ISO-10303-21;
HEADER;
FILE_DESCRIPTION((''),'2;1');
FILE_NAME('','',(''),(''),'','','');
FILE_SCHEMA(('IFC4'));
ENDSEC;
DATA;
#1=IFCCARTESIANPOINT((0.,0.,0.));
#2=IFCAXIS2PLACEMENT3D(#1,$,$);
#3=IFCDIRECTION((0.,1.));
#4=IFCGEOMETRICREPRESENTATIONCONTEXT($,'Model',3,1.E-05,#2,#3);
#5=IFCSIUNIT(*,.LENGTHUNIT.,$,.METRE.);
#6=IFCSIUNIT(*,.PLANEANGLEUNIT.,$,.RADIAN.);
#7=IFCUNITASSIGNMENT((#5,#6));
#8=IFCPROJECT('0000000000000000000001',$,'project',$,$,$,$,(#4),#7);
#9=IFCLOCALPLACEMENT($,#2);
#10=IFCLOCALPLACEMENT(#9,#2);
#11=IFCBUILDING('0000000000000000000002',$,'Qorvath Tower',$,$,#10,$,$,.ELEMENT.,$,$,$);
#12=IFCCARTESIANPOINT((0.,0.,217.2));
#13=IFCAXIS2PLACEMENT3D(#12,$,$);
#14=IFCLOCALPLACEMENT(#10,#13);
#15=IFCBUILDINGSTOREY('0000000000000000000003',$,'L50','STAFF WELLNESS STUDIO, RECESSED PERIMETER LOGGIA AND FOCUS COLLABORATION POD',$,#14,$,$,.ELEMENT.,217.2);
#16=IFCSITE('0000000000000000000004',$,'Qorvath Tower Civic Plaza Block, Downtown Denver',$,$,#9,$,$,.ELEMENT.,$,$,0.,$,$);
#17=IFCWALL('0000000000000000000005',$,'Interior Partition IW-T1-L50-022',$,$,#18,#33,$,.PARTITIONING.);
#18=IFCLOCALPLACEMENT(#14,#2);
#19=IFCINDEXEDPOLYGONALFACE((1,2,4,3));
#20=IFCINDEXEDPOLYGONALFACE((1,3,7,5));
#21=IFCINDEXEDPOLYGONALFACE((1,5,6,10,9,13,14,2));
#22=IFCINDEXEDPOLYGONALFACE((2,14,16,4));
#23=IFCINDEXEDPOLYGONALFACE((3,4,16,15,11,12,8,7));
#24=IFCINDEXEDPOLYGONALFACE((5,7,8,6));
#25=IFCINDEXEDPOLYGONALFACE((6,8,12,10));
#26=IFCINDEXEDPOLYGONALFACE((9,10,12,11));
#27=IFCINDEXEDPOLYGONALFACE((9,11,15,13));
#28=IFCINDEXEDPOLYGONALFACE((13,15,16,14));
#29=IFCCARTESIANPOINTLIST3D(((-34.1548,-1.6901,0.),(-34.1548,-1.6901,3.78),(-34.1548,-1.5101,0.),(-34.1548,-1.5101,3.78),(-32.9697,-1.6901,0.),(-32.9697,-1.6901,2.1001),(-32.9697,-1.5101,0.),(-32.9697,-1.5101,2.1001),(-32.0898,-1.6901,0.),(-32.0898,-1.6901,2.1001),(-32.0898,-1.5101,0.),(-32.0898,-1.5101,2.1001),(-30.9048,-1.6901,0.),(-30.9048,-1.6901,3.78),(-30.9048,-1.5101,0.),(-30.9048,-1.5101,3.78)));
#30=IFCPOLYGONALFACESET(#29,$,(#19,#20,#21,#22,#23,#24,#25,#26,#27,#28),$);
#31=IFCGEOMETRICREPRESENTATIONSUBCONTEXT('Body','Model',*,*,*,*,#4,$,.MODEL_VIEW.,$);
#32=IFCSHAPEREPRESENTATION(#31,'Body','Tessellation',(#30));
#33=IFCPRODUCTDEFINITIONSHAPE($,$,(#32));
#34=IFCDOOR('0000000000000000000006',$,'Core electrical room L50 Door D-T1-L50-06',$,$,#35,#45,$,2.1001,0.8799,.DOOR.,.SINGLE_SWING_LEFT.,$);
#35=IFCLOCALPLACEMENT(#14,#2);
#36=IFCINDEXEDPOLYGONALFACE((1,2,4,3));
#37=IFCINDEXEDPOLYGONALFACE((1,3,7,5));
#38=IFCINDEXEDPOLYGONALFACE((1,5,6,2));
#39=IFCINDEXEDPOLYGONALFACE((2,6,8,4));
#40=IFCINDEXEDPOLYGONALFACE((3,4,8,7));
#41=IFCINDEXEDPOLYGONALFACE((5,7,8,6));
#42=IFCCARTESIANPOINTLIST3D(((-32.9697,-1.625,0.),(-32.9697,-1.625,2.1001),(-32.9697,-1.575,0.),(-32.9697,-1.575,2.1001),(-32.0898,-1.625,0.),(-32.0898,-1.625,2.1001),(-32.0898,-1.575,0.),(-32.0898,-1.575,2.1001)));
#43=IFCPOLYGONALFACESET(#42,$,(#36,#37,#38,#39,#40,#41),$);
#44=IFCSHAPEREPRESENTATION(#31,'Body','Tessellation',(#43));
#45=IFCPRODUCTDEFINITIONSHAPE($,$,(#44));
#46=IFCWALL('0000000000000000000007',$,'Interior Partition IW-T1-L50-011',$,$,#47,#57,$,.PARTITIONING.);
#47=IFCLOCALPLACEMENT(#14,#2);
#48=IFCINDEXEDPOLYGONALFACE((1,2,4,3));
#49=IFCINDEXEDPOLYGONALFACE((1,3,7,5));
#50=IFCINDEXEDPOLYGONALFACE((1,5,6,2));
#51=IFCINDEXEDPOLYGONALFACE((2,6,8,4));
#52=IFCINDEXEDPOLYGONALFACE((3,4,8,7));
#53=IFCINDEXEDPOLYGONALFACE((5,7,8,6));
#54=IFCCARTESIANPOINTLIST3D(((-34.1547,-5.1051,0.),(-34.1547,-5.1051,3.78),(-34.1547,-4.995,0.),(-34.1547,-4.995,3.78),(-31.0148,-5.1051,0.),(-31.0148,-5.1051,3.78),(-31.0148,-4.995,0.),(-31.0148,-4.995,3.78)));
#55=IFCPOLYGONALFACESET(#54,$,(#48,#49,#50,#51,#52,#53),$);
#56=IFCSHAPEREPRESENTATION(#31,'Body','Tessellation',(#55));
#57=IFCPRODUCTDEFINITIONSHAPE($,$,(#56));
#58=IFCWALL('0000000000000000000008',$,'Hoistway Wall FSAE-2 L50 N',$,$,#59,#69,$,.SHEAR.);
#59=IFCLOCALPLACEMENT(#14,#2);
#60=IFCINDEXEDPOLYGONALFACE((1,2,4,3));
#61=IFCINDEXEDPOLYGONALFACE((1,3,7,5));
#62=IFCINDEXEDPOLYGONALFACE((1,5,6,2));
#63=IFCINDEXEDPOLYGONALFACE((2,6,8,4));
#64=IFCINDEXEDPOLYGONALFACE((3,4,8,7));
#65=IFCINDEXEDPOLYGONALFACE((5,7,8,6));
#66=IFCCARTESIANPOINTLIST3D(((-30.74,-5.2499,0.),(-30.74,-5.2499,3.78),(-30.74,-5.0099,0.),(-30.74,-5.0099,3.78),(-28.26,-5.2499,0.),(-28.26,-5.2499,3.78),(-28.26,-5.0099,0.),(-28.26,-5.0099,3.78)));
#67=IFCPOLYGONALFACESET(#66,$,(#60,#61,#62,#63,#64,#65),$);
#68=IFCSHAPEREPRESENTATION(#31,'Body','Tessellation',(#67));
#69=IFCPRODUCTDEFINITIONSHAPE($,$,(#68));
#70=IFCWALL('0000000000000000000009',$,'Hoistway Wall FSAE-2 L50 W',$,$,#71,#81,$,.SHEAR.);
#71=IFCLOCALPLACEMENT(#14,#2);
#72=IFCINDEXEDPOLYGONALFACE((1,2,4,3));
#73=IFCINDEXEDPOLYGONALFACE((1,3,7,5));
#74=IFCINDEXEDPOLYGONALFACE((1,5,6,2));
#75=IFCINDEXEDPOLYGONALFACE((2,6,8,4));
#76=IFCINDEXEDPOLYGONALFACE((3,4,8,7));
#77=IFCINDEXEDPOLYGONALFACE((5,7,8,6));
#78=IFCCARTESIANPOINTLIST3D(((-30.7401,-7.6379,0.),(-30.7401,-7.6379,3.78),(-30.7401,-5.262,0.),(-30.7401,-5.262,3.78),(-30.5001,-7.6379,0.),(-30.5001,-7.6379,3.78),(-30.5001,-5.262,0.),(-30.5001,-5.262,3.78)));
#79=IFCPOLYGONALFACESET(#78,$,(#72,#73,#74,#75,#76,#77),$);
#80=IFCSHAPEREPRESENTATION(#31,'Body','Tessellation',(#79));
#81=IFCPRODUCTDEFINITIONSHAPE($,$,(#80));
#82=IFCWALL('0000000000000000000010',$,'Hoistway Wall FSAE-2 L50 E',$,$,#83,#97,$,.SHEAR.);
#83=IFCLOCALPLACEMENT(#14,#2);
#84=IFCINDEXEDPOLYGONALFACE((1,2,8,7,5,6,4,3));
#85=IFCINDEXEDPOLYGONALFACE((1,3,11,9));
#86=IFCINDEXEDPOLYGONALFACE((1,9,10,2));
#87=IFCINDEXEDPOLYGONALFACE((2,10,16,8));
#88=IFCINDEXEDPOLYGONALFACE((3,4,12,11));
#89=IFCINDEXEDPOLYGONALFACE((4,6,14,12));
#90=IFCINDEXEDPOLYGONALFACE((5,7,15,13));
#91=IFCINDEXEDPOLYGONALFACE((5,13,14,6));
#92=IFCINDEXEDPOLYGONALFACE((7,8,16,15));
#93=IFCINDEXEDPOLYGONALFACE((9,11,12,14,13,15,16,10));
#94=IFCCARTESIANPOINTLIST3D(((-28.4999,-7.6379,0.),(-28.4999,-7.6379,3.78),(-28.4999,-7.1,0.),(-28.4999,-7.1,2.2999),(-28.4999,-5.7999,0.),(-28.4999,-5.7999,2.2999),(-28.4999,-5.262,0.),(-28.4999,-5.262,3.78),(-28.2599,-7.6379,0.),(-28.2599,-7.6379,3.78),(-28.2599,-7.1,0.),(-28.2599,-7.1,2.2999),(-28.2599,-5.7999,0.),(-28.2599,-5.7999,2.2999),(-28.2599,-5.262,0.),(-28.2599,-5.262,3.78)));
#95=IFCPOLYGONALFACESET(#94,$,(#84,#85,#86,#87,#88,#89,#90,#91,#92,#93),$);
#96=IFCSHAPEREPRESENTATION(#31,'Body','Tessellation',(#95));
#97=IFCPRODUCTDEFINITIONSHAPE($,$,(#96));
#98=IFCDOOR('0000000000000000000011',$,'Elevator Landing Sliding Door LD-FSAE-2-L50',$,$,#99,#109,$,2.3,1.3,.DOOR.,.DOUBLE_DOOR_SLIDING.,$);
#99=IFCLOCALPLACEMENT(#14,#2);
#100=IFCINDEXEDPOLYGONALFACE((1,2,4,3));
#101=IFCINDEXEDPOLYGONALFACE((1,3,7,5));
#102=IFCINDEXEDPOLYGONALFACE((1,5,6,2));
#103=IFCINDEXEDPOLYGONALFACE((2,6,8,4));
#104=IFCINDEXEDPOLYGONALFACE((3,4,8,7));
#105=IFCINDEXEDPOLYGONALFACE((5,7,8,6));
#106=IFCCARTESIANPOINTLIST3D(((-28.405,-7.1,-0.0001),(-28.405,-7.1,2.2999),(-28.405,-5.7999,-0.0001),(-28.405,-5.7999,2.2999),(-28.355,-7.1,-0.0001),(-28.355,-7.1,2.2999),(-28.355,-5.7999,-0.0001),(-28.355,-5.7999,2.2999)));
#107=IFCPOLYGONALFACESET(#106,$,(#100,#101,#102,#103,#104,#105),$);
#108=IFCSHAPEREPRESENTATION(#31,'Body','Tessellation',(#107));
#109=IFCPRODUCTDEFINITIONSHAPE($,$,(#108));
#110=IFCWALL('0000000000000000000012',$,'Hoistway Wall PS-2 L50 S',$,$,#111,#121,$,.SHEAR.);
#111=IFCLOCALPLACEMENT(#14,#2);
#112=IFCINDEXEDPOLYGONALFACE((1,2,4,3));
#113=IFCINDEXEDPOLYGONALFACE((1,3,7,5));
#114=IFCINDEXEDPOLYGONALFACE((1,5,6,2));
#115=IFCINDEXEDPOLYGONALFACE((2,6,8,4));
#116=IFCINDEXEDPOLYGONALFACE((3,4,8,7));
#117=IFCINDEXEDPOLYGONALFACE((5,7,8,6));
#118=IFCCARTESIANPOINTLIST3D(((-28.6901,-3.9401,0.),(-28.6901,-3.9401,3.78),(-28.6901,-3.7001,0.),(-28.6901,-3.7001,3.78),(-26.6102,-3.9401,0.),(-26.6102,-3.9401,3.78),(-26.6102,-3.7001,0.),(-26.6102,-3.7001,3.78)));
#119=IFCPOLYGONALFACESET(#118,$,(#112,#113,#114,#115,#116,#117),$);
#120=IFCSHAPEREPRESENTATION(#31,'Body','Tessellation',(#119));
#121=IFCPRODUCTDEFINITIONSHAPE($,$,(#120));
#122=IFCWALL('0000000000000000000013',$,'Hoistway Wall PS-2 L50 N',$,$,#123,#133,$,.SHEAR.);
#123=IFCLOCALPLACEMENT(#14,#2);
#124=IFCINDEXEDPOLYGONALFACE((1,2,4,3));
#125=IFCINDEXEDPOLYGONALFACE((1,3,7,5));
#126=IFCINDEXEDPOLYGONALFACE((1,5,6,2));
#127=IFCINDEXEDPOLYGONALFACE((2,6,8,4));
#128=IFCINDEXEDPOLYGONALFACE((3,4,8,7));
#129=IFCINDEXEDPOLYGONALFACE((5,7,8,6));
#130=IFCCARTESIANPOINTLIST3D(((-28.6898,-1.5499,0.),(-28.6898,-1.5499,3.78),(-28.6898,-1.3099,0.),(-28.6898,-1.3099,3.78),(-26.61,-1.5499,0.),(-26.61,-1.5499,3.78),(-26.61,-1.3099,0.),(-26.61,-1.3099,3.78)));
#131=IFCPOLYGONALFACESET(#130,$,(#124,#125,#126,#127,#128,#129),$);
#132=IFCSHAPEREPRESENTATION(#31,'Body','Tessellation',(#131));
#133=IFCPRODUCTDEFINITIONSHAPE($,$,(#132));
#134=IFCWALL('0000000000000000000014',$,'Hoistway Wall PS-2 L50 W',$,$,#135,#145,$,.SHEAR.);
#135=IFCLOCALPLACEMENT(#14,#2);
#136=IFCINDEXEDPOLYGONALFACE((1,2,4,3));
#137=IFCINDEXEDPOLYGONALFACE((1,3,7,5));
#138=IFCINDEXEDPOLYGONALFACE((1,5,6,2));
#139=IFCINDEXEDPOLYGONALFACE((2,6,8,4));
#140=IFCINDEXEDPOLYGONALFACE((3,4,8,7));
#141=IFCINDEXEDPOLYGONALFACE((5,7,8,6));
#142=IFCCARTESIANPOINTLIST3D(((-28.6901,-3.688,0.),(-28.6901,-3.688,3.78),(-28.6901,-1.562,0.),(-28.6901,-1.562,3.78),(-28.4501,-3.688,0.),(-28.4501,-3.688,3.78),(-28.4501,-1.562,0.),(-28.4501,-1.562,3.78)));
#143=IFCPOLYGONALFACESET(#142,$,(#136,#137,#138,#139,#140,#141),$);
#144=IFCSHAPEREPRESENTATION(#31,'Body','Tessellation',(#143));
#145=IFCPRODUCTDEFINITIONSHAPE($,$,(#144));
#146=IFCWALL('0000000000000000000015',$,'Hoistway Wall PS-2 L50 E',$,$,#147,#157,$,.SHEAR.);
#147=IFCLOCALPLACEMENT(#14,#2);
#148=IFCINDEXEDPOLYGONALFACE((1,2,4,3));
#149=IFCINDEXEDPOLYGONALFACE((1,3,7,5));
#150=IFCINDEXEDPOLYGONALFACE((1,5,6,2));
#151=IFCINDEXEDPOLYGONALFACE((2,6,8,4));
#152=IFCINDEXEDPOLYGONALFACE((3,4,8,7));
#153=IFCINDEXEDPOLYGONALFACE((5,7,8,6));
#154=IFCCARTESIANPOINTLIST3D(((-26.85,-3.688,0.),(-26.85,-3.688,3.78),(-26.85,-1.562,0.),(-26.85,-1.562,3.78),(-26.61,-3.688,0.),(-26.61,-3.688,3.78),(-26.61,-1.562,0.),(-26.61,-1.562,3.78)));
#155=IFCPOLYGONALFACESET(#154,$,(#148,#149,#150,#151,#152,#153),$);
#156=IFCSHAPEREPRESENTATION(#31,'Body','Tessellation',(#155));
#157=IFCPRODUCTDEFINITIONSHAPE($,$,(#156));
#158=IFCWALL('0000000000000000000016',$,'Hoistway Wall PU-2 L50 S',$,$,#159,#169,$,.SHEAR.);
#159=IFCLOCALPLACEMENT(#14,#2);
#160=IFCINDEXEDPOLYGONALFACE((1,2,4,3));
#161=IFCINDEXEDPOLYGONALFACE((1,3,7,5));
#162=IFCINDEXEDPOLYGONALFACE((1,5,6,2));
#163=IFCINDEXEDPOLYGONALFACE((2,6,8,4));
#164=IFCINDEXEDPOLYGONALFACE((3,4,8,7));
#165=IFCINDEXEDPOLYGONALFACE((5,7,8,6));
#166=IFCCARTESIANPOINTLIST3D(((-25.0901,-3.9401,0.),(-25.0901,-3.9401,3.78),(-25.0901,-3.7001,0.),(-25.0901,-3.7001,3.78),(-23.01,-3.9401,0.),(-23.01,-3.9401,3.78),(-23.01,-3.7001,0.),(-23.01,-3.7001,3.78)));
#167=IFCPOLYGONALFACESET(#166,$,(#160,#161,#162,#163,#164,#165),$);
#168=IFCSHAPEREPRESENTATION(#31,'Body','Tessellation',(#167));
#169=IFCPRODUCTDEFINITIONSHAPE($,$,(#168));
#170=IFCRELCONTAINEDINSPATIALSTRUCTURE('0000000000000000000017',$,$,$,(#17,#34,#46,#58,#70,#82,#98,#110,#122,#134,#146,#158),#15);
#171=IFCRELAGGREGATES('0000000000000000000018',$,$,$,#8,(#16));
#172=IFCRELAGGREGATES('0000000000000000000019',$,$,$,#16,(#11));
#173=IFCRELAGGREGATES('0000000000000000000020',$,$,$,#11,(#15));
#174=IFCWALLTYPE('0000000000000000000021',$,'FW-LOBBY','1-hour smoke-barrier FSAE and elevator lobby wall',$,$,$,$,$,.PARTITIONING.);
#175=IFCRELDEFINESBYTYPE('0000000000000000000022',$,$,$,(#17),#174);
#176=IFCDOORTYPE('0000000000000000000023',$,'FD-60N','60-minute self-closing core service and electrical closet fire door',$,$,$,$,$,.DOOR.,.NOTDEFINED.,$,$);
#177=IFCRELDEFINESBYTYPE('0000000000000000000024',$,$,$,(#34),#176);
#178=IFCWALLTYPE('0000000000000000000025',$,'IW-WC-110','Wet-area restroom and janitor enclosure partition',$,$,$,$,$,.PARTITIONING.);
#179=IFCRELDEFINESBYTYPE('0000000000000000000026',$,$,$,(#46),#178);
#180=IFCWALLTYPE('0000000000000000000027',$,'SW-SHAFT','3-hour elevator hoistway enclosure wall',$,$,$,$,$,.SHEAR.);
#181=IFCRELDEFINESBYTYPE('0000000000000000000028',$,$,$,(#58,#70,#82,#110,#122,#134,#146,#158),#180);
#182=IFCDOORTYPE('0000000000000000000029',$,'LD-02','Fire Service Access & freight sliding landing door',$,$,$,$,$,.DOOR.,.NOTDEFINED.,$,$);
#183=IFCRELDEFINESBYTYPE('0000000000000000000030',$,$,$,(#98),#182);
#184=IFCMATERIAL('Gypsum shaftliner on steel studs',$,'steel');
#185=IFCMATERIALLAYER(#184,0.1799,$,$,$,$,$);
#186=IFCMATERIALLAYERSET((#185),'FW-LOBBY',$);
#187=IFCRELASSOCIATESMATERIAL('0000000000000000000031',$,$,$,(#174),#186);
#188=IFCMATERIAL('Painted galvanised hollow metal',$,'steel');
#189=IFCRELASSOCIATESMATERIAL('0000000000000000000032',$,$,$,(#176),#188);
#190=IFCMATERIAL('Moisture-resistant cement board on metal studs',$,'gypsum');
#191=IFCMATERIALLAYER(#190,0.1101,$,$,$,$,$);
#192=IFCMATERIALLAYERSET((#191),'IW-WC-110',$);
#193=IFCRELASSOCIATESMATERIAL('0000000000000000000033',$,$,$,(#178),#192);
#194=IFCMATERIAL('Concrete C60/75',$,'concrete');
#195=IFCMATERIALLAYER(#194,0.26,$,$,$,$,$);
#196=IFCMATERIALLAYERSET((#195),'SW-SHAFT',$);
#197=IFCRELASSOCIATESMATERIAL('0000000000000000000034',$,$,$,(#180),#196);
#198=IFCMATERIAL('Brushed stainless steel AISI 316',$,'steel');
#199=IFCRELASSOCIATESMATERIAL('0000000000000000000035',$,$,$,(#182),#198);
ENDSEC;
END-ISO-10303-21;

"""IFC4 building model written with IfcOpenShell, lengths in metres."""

from ifc_helpers import new_model, si_unit, direction, frame, frame_2d, origin, place, context, subcontext, project, spatial, rectangle, extrude, material, layer, layer_set, type_object, element, fill, save


model = new_model("IFC4")

# Units and contexts
model_context = context("Model", 3, precision=1e-05, world=origin(), true_north=direction((0.0, 1.0)))
body_context = subcontext(model_context, "Body", "Model", "MODEL_VIEW")
ifc_project = project(units=[si_unit("LENGTHUNIT", "METRE"), si_unit("PLANEANGLEUNIT", "RADIAN")], contexts=[model_context])

# Site, building, storey
site_placement = place(None, origin())
site = spatial("IfcSite", under=ifc_project, at=site_placement, Name="Qorvath Tower Civic Plaza Block, Downtown Denver", CompositionType="ELEMENT", RefElevation=0.0)
building_placement = place(site_placement, origin())
building = spatial("IfcBuilding", under=site, at=building_placement, Name="Qorvath Tower", CompositionType="ELEMENT")
storey_placement = place(building_placement, frame((0.0, 0.0, 217.2)))
storey = spatial("IfcBuildingStorey", under=building, at=storey_placement, Name="L50", Description="STAFF WELLNESS STUDIO, RECESSED PERIMETER LOGGIA AND FOCUS COLLABORATION POD", CompositionType="ELEMENT", Elevation=217.2)

# Shared definitions
ifc_material_1 = material(Name="Gypsum shaftliner on steel studs", Category="steel")
ifc_layer_1 = layer(ifc_material_1, 0.1799)
ifc_layer_set_1 = layer_set([ifc_layer_1], Name="FW-LOBBY")
wall_type_1 = type_object("IfcWallType", Name="FW-LOBBY", Description="1-hour smoke-barrier FSAE and elevator lobby wall", PredefinedType="PARTITIONING", material=ifc_layer_set_1)

# Wall, opening, door
wall_1_placement = place(storey_placement, frame((-30.9048, -1.6001, 0.0), z_axis=(0.0, 0.0, 1.0), x_axis=(-1.0, 0.0, 0.0)))
wall_1 = element("IfcWall", 1, at=wall_1_placement, inside=storey, type_object=wall_type_1, Name="Interior Partition IW-T1-L50-022", PredefinedType="PARTITIONING", context=body_context, shape_type="SweptSolid", body=[
    extrude(rectangle(XDim=3.25, YDim=0.1799, at=frame_2d((1.625, 0.0))), origin(), (0.0, 0.0, 1.0), 3.78),
])
opening_1_placement = place(wall_1_placement, frame((1.1851, 0.0, 0.0)))
opening_1 = element("IfcOpeningElement", 2, at=opening_1_placement, cuts=wall_1, PredefinedType="OPENING", context=body_context, shape_type="SweptSolid", body=[
    extrude(rectangle(XDim=0.8799, YDim=2.1001, at=frame_2d((0.4399, 1.05))), frame((0.0, 0.1001, 0.0), z_axis=(0.0, -1.0, 0.0), x_axis=(1.0, 0.0, 0.0)), (0.0, 0.0, 1.0), 0.2),
])
ifc_material_2 = material(Name="Painted galvanised hollow metal", Category="steel")
door_type_1 = type_object("IfcDoorType", Name="FD-60N", Description="60-minute self-closing core service and electrical closet fire door", OperationType="NOTDEFINED", PredefinedType="DOOR", material=ifc_material_2)
door_1_placement = place(opening_1_placement, origin())
door_1 = element("IfcDoor", 3, at=door_1_placement, inside=storey, type_object=door_type_1, Name="Core electrical room L50 Door D-T1-L50-06", OperationType="SINGLE_SWING_LEFT", OverallHeight=2.1001, OverallWidth=0.8799, PredefinedType="DOOR", context=body_context, shape_type="SweptSolid", body=[
    extrude(rectangle(XDim=0.8799, YDim=2.1001, at=frame_2d((0.4399, 1.05))), frame((0.0, 0.0249, 0.0), z_axis=(0.0, -1.0, 0.0), x_axis=(1.0, 0.0, 0.0)), (0.0, 0.0, 1.0), 0.05),
])
fill(opening_1, door_1)

# Walls
ifc_material_3 = material(Name="Moisture-resistant cement board on metal studs", Category="gypsum")
ifc_layer_2 = layer(ifc_material_3, 0.1101)
ifc_layer_set_2 = layer_set([ifc_layer_2], Name="IW-WC-110")
wall_type_2 = type_object("IfcWallType", Name="IW-WC-110", Description="Wet-area restroom and janitor enclosure partition", PredefinedType="PARTITIONING", material=ifc_layer_set_2)
wall_2_placement = place(storey_placement, frame((-31.0149, -5.05, 0.0), z_axis=(0.0, 0.0, 1.0), x_axis=(-1.0, 0.0, 0.0)))
element("IfcWall", 4, at=wall_2_placement, inside=storey, type_object=wall_type_2, Name="Interior Partition IW-T1-L50-011", PredefinedType="PARTITIONING", context=body_context, shape_type="SweptSolid", body=[
    extrude(rectangle(XDim=3.1399, YDim=0.1101, at=frame_2d((1.5698, 0.0))), origin(), (0.0, 0.0, 1.0), 3.78),
])
ifc_material_4 = material(Name="Concrete C60/75", Category="concrete")
ifc_layer_3 = layer(ifc_material_4, 0.26)
ifc_layer_set_3 = layer_set([ifc_layer_3], Name="SW-SHAFT")
wall_type_3 = type_object("IfcWallType", Name="SW-SHAFT", Description="3-hour elevator hoistway enclosure wall", PredefinedType="SHEAR", material=ifc_layer_set_3)
wall_3_placement = place(storey_placement, frame((-30.74, -5.1299, 0.0), z_axis=(0.0, 0.0, 1.0), x_axis=(1.0, 0.0, 0.0)))
element("IfcWall", 5, at=wall_3_placement, inside=storey, type_object=wall_type_3, Name="Hoistway Wall FSAE-2 L50 N", PredefinedType="SHEAR", context=body_context, shape_type="SweptSolid", body=[
    extrude(rectangle(XDim=2.48, YDim=0.24, at=frame_2d((1.24, 0.0))), origin(), (0.0, 0.0, 1.0), 3.78),
])
wall_4_placement = place(storey_placement, frame((-30.6201, -7.6379, 0.0), z_axis=(0.0, 0.0, 1.0), x_axis=(0.0, 1.0, 0.0)))
element("IfcWall", 6, at=wall_4_placement, inside=storey, type_object=wall_type_3, Name="Hoistway Wall FSAE-2 L50 W", PredefinedType="SHEAR", context=body_context, shape_type="SweptSolid", body=[
    extrude(rectangle(XDim=2.376, YDim=0.24, at=frame_2d((1.188, 0.0))), origin(), (0.0, 0.0, 1.0), 3.78),
])

# Wall, opening, door
wall_5_placement = place(storey_placement, frame((-28.3799, -5.262, 0.0), z_axis=(0.0, 0.0, 1.0), x_axis=(0.0, -1.0, 0.0)))
wall_5 = element("IfcWall", 7, at=wall_5_placement, inside=storey, type_object=wall_type_3, Name="Hoistway Wall FSAE-2 L50 E", PredefinedType="SHEAR", context=body_context, shape_type="SweptSolid", body=[
    extrude(rectangle(XDim=2.376, YDim=0.24, at=frame_2d((1.188, 0.0))), origin(), (0.0, 0.0, 1.0), 3.78),
])
opening_2_placement = place(wall_5_placement, frame((0.5381, 0.0, 0.0)))
opening_2 = element("IfcOpeningElement", 8, at=opening_2_placement, cuts=wall_5, PredefinedType="OPENING", context=body_context, shape_type="SweptSolid", body=[
    extrude(rectangle(XDim=1.3, YDim=2.3, at=frame_2d((0.6499, 1.1499))), frame((0.0, 0.1299, 0.0), z_axis=(0.0, -1.0, 0.0), x_axis=(1.0, 0.0, 0.0)), (0.0, 0.0, 1.0), 0.26),
])
ifc_material_5 = material(Name="Brushed stainless steel AISI 316", Category="steel")
door_type_2 = type_object("IfcDoorType", Name="LD-02", Description="Fire Service Access & freight sliding landing door", OperationType="NOTDEFINED", PredefinedType="DOOR", material=ifc_material_5)
door_2_placement = place(opening_2_placement, origin())
door_2 = element("IfcDoor", 9, at=door_2_placement, inside=storey, type_object=door_type_2, Name="Elevator Landing Sliding Door LD-FSAE-2-L50", OperationType="DOUBLE_DOOR_SLIDING", OverallHeight=2.3, OverallWidth=1.3, PredefinedType="DOOR", context=body_context, shape_type="SweptSolid", body=[
    extrude(rectangle(XDim=1.3, YDim=2.3, at=frame_2d((0.6499, 1.1499))), frame((0.0, 0.0249, 0.0), z_axis=(0.0, -1.0, 0.0), x_axis=(1.0, 0.0, 0.0)), (0.0, 0.0, 1.0), 0.05),
])
fill(opening_2, door_2)

# Walls
for number, where, z_axis, x_axis, name in (
    (10, (-26.6101, -3.8201, 0.0), (0.0, 0.0, 1.0), (-1.0, 0.0, 0.0), "Hoistway Wall PS-2 L50 S"),
    (11, (-28.6899, -1.4299, 0.0), (0.0, 0.0, 1.0), (1.0, 0.0, 0.0), "Hoistway Wall PS-2 L50 N"),
):
    element("IfcWall", number, at=place(storey_placement, frame(where, z_axis=z_axis, x_axis=x_axis)), inside=storey, type_object=wall_type_3, Name=name, PredefinedType="SHEAR", context=body_context, shape_type="SweptSolid", body=[
        extrude(rectangle(XDim=2.0798, YDim=0.24, at=frame_2d((1.04, 0.0))), origin(), (0.0, 0.0, 1.0), 3.78),
    ])
for number, where, z_axis, x_axis, name in (
    (12, (-28.5701, -3.688, 0.0), (0.0, 0.0, 1.0), (0.0, 1.0, 0.0), "Hoistway Wall PS-2 L50 W"),
    (13, (-26.73, -1.562, 0.0), (0.0, 0.0, 1.0), (0.0, -1.0, 0.0), "Hoistway Wall PS-2 L50 E"),
):
    element("IfcWall", number, at=place(storey_placement, frame(where, z_axis=z_axis, x_axis=x_axis)), inside=storey, type_object=wall_type_3, Name=name, PredefinedType="SHEAR", context=body_context, shape_type="SweptSolid", body=[
        extrude(rectangle(XDim=2.126, YDim=0.24, at=frame_2d((1.063, 0.0))), origin(), (0.0, 0.0, 1.0), 3.78),
    ])
wall_6_placement = place(storey_placement, frame((-23.01, -3.8201, 0.0), z_axis=(0.0, 0.0, 1.0), x_axis=(-1.0, 0.0, 0.0)))
element("IfcWall", 14, at=wall_6_placement, inside=storey, type_object=wall_type_3, Name="Hoistway Wall PU-2 L50 S", PredefinedType="SHEAR", context=body_context, shape_type="SweptSolid", body=[
    extrude(rectangle(XDim=2.0801, YDim=0.24, at=frame_2d((1.04, 0.0))), origin(), (0.0, 0.0, 1.0), 3.78),
])

save(model, "model.ifc")
